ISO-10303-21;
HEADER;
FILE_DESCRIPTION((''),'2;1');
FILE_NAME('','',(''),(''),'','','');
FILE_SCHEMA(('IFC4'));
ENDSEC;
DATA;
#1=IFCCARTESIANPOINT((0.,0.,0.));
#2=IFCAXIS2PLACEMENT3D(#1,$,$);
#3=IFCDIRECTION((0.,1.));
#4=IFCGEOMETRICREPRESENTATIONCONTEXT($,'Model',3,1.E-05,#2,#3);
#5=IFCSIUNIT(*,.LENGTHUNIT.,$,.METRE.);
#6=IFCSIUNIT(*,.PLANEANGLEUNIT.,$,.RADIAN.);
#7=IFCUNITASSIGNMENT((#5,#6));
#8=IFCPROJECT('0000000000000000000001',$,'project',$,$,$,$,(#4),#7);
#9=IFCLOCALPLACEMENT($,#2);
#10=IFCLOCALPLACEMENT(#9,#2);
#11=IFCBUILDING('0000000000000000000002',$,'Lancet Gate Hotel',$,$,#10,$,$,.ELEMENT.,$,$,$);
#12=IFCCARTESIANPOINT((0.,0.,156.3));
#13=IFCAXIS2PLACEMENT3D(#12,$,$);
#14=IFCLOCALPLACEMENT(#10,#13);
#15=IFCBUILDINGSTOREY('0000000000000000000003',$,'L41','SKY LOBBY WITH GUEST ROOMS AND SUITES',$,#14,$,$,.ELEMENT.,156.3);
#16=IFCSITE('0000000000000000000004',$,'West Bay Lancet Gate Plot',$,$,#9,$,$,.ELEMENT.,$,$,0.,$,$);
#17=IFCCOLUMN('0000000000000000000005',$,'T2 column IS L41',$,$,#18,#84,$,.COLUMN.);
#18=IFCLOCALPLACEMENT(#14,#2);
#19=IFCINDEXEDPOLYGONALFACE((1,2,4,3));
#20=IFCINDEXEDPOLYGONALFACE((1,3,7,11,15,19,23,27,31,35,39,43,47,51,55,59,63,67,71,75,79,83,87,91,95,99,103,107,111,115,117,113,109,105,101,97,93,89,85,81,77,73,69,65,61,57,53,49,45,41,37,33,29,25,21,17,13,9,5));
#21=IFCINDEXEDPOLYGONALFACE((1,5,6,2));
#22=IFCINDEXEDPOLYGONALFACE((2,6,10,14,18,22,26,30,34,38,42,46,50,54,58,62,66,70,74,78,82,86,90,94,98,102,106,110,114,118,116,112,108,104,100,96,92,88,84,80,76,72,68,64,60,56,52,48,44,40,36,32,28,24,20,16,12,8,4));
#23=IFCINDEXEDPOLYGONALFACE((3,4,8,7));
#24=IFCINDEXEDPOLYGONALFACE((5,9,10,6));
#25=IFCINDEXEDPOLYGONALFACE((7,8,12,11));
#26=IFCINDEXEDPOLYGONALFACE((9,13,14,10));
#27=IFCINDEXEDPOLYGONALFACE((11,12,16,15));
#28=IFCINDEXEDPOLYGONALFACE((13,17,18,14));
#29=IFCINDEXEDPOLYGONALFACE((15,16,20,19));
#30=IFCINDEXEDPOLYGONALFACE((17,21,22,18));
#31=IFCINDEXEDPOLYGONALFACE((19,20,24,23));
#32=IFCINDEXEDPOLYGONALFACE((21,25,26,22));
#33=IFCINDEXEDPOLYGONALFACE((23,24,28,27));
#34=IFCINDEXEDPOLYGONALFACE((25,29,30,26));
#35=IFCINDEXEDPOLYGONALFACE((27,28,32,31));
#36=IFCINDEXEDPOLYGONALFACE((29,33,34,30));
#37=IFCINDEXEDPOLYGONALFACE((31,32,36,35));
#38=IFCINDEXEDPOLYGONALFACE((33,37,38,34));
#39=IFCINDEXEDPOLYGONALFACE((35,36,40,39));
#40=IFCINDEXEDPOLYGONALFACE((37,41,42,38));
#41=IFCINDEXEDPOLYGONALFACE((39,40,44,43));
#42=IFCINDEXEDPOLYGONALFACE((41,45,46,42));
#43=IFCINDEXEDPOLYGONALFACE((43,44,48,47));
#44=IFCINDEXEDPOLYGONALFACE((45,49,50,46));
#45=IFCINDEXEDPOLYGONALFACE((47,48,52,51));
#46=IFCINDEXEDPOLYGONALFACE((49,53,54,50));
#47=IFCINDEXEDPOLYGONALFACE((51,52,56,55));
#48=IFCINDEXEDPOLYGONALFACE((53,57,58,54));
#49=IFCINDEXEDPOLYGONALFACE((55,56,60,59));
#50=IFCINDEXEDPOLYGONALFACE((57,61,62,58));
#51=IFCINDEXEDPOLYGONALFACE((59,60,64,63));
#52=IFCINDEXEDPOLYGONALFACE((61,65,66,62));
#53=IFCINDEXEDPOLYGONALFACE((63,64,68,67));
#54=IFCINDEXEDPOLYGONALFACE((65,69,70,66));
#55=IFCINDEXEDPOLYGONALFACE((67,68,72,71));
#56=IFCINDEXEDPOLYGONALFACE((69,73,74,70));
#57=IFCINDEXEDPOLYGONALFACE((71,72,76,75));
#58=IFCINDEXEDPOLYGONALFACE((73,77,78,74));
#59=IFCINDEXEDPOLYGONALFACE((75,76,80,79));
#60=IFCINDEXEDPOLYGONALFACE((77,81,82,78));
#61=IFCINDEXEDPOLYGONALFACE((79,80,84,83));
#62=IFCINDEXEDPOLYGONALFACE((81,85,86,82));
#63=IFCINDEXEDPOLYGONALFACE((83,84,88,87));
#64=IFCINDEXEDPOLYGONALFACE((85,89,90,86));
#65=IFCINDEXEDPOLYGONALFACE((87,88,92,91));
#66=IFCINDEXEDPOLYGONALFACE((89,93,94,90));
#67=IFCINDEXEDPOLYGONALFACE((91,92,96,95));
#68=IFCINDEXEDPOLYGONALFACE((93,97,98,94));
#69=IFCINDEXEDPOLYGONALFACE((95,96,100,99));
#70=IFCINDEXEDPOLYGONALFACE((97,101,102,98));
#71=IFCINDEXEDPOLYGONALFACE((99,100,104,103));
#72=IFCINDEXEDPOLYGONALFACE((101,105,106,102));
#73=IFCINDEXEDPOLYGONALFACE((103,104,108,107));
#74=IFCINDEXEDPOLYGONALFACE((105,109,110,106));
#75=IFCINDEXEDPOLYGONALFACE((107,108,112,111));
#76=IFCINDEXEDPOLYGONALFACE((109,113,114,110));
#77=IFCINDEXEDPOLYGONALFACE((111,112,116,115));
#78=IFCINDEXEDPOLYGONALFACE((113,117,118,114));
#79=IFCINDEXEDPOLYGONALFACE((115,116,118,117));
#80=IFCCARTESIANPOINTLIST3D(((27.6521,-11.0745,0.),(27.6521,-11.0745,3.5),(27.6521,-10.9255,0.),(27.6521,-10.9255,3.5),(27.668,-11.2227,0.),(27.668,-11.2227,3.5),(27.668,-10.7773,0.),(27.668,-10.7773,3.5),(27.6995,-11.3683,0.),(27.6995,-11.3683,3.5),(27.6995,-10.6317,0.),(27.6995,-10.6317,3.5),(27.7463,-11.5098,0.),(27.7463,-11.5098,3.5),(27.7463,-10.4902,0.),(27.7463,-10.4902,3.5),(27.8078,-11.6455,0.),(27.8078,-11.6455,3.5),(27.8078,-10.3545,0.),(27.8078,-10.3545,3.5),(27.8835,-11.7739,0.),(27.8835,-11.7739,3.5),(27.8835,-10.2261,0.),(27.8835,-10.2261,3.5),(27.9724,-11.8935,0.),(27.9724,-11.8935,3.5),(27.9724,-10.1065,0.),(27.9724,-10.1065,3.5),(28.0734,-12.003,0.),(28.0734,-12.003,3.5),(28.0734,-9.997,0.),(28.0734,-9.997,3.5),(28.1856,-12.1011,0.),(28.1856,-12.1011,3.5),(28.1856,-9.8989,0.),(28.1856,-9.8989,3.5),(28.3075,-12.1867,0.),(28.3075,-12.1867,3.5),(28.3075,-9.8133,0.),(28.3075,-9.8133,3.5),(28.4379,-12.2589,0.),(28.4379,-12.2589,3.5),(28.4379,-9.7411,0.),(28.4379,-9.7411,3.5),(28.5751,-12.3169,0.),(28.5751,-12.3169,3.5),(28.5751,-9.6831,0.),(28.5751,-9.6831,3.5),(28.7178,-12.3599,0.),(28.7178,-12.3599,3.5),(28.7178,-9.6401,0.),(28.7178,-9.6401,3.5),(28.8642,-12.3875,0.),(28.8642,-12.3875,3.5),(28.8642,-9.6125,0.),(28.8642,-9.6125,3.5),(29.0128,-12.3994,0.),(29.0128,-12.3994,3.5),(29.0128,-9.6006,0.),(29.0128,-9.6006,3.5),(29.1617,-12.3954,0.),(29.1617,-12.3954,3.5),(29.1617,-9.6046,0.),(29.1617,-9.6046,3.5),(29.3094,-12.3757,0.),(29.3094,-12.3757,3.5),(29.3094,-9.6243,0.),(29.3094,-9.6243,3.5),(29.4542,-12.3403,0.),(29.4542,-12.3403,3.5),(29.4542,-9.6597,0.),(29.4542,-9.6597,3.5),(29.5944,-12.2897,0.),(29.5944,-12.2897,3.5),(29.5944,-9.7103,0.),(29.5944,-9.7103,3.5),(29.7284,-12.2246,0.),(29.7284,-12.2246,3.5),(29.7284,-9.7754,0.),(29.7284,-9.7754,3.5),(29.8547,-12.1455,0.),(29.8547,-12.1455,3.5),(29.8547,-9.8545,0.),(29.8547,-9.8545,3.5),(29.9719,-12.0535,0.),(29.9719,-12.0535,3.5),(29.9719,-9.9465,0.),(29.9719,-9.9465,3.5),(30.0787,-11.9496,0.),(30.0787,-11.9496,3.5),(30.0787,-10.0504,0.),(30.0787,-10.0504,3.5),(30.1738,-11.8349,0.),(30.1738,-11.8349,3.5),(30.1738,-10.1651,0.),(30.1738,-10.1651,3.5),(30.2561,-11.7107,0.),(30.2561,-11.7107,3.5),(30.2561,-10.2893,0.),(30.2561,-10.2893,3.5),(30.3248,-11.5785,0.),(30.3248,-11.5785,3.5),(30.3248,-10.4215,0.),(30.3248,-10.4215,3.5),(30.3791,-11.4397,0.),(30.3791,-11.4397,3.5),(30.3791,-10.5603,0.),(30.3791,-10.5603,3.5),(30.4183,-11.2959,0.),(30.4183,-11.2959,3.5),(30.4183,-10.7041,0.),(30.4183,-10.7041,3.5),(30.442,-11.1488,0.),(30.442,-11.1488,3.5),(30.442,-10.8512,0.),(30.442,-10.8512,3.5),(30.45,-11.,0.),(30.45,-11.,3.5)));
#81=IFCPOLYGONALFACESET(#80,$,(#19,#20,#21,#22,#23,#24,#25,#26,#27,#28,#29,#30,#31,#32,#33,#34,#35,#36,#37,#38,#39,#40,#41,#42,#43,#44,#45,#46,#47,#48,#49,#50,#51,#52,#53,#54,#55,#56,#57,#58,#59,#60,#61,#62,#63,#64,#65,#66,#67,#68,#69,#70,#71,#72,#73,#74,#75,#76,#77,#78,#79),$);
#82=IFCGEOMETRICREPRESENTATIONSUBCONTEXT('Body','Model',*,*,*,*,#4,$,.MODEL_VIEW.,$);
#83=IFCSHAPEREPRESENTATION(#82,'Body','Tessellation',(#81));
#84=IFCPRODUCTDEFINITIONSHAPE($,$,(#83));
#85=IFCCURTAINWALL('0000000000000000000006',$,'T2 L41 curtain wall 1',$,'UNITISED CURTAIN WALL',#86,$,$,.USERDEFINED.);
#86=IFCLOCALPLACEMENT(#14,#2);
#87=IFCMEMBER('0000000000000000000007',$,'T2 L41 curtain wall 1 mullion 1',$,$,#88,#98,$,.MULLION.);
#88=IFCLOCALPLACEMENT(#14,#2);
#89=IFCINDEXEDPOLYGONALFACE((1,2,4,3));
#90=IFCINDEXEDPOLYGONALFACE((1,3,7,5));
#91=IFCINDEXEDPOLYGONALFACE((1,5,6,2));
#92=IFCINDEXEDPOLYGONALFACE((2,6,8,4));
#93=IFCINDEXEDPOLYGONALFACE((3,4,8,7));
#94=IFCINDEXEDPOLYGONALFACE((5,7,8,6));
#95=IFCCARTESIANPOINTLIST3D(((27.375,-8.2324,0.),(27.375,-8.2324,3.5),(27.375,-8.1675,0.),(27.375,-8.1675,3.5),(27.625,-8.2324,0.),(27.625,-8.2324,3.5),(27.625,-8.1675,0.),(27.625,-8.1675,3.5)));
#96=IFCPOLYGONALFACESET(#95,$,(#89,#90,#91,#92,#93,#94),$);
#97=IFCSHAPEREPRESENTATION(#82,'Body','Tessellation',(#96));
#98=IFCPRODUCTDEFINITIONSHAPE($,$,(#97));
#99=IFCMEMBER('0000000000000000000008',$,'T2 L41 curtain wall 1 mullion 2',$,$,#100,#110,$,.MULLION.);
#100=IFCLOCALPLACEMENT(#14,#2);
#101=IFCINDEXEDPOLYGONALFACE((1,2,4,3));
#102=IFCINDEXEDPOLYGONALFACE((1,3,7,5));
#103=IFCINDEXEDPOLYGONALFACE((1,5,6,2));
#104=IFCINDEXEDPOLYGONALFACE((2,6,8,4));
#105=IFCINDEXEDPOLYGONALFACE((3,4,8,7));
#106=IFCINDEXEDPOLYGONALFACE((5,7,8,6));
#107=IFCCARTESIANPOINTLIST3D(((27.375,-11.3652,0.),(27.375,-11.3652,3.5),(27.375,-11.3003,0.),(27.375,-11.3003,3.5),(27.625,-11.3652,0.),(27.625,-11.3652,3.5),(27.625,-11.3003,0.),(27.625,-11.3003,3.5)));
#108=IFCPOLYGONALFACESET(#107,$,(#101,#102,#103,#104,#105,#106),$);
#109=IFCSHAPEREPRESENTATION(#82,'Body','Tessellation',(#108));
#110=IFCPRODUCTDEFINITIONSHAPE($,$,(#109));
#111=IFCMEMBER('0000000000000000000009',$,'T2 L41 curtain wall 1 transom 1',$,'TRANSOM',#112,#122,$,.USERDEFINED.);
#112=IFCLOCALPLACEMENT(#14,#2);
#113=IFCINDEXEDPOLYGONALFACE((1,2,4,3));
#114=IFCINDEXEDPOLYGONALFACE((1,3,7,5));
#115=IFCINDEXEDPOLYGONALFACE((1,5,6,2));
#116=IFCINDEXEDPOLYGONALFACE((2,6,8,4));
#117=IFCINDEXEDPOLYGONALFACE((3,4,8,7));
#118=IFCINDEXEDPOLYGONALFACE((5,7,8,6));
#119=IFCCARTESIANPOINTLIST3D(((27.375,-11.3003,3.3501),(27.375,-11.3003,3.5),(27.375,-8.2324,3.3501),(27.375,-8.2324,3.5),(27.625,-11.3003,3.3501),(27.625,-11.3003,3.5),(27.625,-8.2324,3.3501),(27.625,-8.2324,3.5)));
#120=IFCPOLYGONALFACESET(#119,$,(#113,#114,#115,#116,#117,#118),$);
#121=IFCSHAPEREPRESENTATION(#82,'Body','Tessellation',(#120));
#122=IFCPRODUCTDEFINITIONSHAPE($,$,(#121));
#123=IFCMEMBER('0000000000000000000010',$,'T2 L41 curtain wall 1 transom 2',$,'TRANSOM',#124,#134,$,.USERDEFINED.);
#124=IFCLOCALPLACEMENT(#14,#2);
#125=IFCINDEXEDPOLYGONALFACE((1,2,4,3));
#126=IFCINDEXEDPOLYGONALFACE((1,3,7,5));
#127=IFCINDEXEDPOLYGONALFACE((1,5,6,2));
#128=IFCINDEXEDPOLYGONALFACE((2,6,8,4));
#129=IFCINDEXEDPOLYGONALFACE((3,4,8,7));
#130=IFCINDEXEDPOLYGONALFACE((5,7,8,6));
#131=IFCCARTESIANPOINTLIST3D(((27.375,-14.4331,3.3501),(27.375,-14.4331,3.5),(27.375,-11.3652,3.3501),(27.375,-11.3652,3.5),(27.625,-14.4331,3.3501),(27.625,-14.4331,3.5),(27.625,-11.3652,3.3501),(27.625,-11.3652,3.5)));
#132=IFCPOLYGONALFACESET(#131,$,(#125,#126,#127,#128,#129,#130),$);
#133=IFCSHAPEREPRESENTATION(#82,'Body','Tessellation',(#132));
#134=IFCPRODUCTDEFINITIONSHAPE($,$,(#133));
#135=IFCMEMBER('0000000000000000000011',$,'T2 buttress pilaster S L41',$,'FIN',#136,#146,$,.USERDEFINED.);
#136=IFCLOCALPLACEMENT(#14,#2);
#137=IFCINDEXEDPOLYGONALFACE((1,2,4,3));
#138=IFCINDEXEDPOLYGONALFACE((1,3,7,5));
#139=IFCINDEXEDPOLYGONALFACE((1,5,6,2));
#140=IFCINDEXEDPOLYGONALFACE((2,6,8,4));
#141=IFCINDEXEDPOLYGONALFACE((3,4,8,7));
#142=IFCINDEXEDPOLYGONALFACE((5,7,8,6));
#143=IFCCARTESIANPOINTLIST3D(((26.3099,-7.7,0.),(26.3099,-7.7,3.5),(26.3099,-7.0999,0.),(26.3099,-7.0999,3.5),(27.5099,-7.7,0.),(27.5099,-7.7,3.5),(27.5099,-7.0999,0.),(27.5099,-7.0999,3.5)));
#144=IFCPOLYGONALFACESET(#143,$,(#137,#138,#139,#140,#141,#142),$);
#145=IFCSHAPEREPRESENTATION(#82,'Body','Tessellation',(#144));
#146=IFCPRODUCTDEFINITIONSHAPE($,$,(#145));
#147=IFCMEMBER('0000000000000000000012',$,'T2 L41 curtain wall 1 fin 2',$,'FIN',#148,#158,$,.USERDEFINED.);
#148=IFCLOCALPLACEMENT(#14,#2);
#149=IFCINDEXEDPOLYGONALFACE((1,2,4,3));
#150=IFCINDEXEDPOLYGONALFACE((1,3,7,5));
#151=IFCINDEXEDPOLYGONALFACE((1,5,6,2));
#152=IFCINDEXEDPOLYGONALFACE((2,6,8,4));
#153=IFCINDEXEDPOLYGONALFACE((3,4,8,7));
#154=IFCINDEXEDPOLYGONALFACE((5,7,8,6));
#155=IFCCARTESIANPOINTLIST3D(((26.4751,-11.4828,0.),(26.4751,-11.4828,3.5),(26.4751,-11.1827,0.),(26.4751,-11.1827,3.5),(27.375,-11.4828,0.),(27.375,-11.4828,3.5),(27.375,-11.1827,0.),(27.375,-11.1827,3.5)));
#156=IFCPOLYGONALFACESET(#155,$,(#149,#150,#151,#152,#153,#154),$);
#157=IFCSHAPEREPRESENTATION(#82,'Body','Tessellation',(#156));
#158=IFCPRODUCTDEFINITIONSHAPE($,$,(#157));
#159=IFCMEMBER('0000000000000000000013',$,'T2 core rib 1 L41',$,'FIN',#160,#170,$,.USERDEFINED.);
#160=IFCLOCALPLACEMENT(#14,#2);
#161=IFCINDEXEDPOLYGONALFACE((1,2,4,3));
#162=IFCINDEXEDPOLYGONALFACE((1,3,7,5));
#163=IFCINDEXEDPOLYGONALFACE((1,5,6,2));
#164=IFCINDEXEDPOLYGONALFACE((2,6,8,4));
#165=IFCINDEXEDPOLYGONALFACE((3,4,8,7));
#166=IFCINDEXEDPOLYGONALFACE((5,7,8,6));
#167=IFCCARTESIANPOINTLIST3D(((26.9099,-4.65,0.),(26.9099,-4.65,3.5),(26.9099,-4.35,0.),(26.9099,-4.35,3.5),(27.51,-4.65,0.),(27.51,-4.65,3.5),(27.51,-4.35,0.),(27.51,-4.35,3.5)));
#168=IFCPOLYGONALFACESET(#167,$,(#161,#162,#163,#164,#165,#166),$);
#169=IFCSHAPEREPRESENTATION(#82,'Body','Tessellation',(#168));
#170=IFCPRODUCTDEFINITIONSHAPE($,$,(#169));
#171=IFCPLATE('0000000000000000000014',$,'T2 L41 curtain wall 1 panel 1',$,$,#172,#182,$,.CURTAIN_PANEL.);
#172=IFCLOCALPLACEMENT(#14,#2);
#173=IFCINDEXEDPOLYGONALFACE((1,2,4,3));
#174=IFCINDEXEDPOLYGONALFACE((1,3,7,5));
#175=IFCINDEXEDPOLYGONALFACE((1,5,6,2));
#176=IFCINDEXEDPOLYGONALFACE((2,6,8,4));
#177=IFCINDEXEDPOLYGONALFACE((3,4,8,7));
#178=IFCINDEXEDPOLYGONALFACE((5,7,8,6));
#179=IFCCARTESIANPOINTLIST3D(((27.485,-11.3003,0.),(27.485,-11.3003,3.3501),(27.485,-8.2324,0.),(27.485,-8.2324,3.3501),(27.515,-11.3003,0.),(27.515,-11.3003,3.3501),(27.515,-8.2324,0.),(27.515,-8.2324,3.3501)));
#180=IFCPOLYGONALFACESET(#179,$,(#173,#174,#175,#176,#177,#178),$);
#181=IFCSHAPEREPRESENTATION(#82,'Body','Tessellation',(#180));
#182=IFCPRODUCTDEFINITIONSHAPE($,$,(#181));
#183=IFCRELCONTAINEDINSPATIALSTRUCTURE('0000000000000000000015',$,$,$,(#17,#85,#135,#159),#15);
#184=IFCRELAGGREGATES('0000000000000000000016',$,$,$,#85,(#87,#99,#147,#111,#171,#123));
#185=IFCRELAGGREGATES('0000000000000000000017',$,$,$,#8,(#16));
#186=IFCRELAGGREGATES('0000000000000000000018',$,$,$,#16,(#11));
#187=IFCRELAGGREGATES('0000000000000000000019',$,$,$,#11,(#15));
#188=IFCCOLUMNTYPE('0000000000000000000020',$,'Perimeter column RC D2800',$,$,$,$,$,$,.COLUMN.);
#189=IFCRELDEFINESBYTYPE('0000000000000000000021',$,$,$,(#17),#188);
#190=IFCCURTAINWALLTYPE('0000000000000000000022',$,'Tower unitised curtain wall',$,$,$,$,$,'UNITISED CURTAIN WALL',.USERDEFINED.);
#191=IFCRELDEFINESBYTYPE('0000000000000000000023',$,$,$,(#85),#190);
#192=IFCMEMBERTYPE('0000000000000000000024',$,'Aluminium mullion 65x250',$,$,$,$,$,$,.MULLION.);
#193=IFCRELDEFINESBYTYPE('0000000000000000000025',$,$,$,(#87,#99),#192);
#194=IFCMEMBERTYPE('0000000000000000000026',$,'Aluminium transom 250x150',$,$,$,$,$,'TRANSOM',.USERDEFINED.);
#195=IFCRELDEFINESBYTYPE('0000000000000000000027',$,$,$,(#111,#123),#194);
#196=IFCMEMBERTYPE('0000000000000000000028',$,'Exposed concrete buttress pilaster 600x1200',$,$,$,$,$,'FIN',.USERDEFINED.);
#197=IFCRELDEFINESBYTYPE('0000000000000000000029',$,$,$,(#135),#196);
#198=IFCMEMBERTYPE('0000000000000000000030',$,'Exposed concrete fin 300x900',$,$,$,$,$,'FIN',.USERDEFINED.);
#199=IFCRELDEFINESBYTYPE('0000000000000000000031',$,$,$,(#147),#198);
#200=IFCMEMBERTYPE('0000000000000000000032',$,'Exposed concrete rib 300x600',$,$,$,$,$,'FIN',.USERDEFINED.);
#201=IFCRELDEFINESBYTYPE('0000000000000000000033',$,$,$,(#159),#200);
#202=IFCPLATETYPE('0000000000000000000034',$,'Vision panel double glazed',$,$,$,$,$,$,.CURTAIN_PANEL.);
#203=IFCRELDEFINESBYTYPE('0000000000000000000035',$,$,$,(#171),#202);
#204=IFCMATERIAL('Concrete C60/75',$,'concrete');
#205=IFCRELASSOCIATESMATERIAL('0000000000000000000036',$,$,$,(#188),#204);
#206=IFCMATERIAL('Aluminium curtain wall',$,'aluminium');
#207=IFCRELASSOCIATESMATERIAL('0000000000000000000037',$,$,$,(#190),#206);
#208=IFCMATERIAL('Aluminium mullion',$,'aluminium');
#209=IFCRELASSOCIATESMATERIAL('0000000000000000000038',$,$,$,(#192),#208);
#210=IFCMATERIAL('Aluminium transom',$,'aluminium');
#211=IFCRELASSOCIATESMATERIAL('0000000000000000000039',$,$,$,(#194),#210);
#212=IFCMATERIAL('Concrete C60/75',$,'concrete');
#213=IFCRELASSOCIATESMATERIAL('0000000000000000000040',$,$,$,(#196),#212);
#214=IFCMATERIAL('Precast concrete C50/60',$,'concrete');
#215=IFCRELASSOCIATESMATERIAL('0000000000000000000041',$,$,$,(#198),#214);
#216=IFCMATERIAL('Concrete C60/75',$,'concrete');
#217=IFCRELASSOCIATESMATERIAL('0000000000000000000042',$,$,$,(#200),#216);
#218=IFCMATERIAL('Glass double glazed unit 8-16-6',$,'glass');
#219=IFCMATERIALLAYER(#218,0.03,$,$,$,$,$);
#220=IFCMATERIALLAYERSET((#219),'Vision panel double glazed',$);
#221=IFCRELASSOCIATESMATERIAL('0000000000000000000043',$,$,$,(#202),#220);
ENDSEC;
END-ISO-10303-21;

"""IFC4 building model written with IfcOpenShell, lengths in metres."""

from ifc_helpers import new_model, si_unit, direction, frame, origin, origin_2d, place, context, subcontext, project, spatial, rectangle, circle, extrude, material, layer, layer_set, material_profile, profile_set, type_object, element, aggregate, save


model = new_model("IFC4")

# Units and contexts
model_context = context("Model", 3, precision=1e-05, world=origin(), true_north=direction((0.0, 1.0)))
body_context = subcontext(model_context, "Body", "Model", "MODEL_VIEW")
ifc_project = project(units=[si_unit("LENGTHUNIT", "METRE"), si_unit("PLANEANGLEUNIT", "RADIAN")], contexts=[model_context])

# Site, building, storey
site_placement = place(None, origin())
site = spatial("IfcSite", under=ifc_project, at=site_placement, Name="West Bay Lancet Gate Plot", CompositionType="ELEMENT", RefElevation=0.0)
building_placement = place(site_placement, origin())
building = spatial("IfcBuilding", under=site, at=building_placement, Name="Lancet Gate Hotel", CompositionType="ELEMENT")
storey_placement = place(building_placement, frame((0.0, 0.0, 156.3)))
storey = spatial("IfcBuildingStorey", under=building, at=storey_placement, Name="L41", Description="SKY LOBBY WITH GUEST ROOMS AND SUITES", CompositionType="ELEMENT", Elevation=156.3)

# Column
ifc_material_1 = material(Name="Concrete C60/75", Category="concrete")
ifc_material_profile_1 = material_profile(ifc_material_1, circle(Radius=1.3999, at=origin_2d()), Name="RC D2800")
ifc_profile_set_1 = profile_set([ifc_material_profile_1], Name="Concrete C60/75")
column_type = type_object("IfcColumnType", Name="Perimeter column RC D2800", PredefinedType="COLUMN", material=ifc_profile_set_1)
column_placement = place(storey_placement, frame((29.05, -11.0, 0.0), z_axis=(0.0, 0.0, 1.0), x_axis=(1.0, 0.0, 0.0)))
element("IfcColumn", 1, at=column_placement, inside=storey, type_object=column_type, Name="T2 column IS L41", PredefinedType="COLUMN", context=body_context, shape_type="SweptSolid", body=[
    extrude(circle(Radius=1.3999, at=origin_2d()), origin(), (0.0, 0.0, 1.0), 3.5),
])

# Curtain wall, members
ifc_material_2 = material(Name="Aluminium curtain wall", Category="aluminium")
curtain_wall_type = type_object("IfcCurtainWallType", Name="Tower unitised curtain wall", ElementType="UNITISED CURTAIN WALL", PredefinedType="USERDEFINED", material=ifc_material_2)
curtain_wall_placement = place(storey_placement, origin())
curtain_wall = element("IfcCurtainWall", 2, at=curtain_wall_placement, inside=storey, type_object=curtain_wall_type, Name="T2 L41 curtain wall 1", ObjectType="UNITISED CURTAIN WALL", PredefinedType="USERDEFINED")
ifc_material_3 = material(Name="Aluminium mullion", Category="aluminium")
ifc_material_profile_2 = material_profile(ifc_material_3, rectangle(XDim=0.0649, YDim=0.25, at=origin_2d()), Name="MULLION 65x250")
ifc_profile_set_2 = profile_set([ifc_material_profile_2], Name="Aluminium mullion")
member_type_1 = type_object("IfcMemberType", Name="Aluminium mullion 65x250", PredefinedType="MULLION", material=ifc_profile_set_2)
member_1_placement = place(storey_placement, frame((27.5, -8.2, 0.0), z_axis=(0.0, 0.0, 1.0), x_axis=(0.0, -1.0, 0.0)))
member_1 = element("IfcMember", 3, at=member_1_placement, type_object=member_type_1, Name="T2 L41 curtain wall 1 mullion 1", PredefinedType="MULLION", context=body_context, shape_type="SweptSolid", body=[
    extrude(rectangle(XDim=0.0649, YDim=0.25, at=origin_2d()), origin(), (0.0, 0.0, 1.0), 3.5),
])
member_2_placement = place(storey_placement, frame((27.5, -11.3328, 0.0), z_axis=(0.0, 0.0, 1.0), x_axis=(0.0, -1.0, 0.0)))
member_2 = element("IfcMember", 4, at=member_2_placement, type_object=member_type_1, Name="T2 L41 curtain wall 1 mullion 2", PredefinedType="MULLION", context=body_context, shape_type="SweptSolid", body=[
    extrude(rectangle(XDim=0.0649, YDim=0.25, at=origin_2d()), origin(), (0.0, 0.0, 1.0), 3.5),
])
ifc_material_4 = material(Name="Aluminium transom", Category="aluminium")
ifc_material_profile_3 = material_profile(ifc_material_4, rectangle(XDim=0.25, YDim=0.1499, at=origin_2d()), Name="TRANSOM 250x150")
ifc_profile_set_3 = profile_set([ifc_material_profile_3], Name="Aluminium transom")
member_type_2 = type_object("IfcMemberType", Name="Aluminium transom 250x150", ElementType="TRANSOM", PredefinedType="USERDEFINED", material=ifc_profile_set_3)
member_3_placement = place(storey_placement, frame((27.5, -8.2324, 3.425), z_axis=(0.0, -1.0, 0.0), x_axis=(1.0, 0.0, 0.0)))
member_3 = element("IfcMember", 5, at=member_3_placement, type_object=member_type_2, Name="T2 L41 curtain wall 1 transom 1", ObjectType="TRANSOM", PredefinedType="USERDEFINED", context=body_context, shape_type="SweptSolid", body=[
    extrude(rectangle(XDim=0.25, YDim=0.1499, at=origin_2d()), origin(), (0.0, 0.0, 1.0), 3.0679),
])
member_4_placement = place(storey_placement, frame((27.5, -11.3652, 3.425), z_axis=(0.0, -1.0, 0.0), x_axis=(1.0, 0.0, 0.0)))
member_4 = element("IfcMember", 6, at=member_4_placement, type_object=member_type_2, Name="T2 L41 curtain wall 1 transom 2", ObjectType="TRANSOM", PredefinedType="USERDEFINED", context=body_context, shape_type="SweptSolid", body=[
    extrude(rectangle(XDim=0.25, YDim=0.1499, at=origin_2d()), origin(), (0.0, 0.0, 1.0), 3.0679),
])

# Members
ifc_material_5 = material(Name="Concrete C60/75", Category="concrete")
ifc_material_profile_4 = material_profile(ifc_material_5, rectangle(XDim=0.6001, YDim=1.2, at=origin_2d()), Name="FIN 600x1200")
ifc_profile_set_4 = profile_set([ifc_material_profile_4], Name="Concrete C60/75")
member_type_3 = type_object("IfcMemberType", Name="Exposed concrete buttress pilaster 600x1200", ElementType="FIN", PredefinedType="USERDEFINED", material=ifc_profile_set_4)
member_5_placement = place(storey_placement, frame((26.9099, -7.3999, 0.0), z_axis=(0.0, 0.0, 1.0), x_axis=(0.0, 1.0, 0.0)))
element("IfcMember", 7, at=member_5_placement, inside=storey, type_object=member_type_3, Name="T2 buttress pilaster S L41", ObjectType="FIN", PredefinedType="USERDEFINED", context=body_context, shape_type="SweptSolid", body=[
    extrude(rectangle(XDim=0.6001, YDim=1.2, at=origin_2d()), origin(), (0.0, 0.0, 1.0), 3.5),
])
ifc_material_6 = material(Name="Precast concrete C50/60", Category="concrete")
ifc_material_profile_5 = material_profile(ifc_material_6, rectangle(XDim=0.3, YDim=0.8999, at=origin_2d()), Name="FIN 300x900")
ifc_profile_set_5 = profile_set([ifc_material_profile_5], Name="Precast concrete C50/60")
member_type_4 = type_object("IfcMemberType", Name="Exposed concrete fin 300x900", ElementType="FIN", PredefinedType="USERDEFINED", material=ifc_profile_set_5)
member_6_placement = place(storey_placement, frame((26.925, -11.3328, 0.0), z_axis=(0.0, 0.0, 1.0), x_axis=(0.0, -1.0, 0.0)))
member_6 = element("IfcMember", 8, at=member_6_placement, type_object=member_type_4, Name="T2 L41 curtain wall 1 fin 2", ObjectType="FIN", PredefinedType="USERDEFINED", context=body_context, shape_type="SweptSolid", body=[
    extrude(rectangle(XDim=0.3, YDim=0.8999, at=origin_2d()), origin(), (0.0, 0.0, 1.0), 3.5),
])
ifc_material_7 = material(Name="Concrete C60/75", Category="concrete")
ifc_material_profile_6 = material_profile(ifc_material_7, rectangle(XDim=0.3, YDim=0.6001, at=origin_2d()), Name="FIN 300x600")
ifc_profile_set_6 = profile_set([ifc_material_profile_6], Name="Concrete C60/75")
member_type_5 = type_object("IfcMemberType", Name="Exposed concrete rib 300x600", ElementType="FIN", PredefinedType="USERDEFINED", material=ifc_profile_set_6)
member_7_placement = place(storey_placement, frame((27.21, -4.5, 0.0), z_axis=(0.0, 0.0, 1.0), x_axis=(0.0, 1.0, 0.0)))
element("IfcMember", 9, at=member_7_placement, inside=storey, type_object=member_type_5, Name="T2 core rib 1 L41", ObjectType="FIN", PredefinedType="USERDEFINED", context=body_context, shape_type="SweptSolid", body=[
    extrude(rectangle(XDim=0.3, YDim=0.6001, at=origin_2d()), origin(), (0.0, 0.0, 1.0), 3.5),
])

# Plate
ifc_material_8 = material(Name="Glass double glazed unit 8-16-6", Category="glass")
ifc_layer_1 = layer(ifc_material_8, 0.03)
ifc_layer_set_1 = layer_set([ifc_layer_1], Name="Vision panel double glazed")
plate_type = type_object("IfcPlateType", Name="Vision panel double glazed", PredefinedType="CURTAIN_PANEL", material=ifc_layer_set_1)
plate_1_placement = place(storey_placement, frame((27.5, -9.7664, 0.0), z_axis=(0.0, 0.0, 1.0), x_axis=(0.0, -1.0, 0.0)))
plate_1 = element("IfcPlate", 10, at=plate_1_placement, type_object=plate_type, Name="T2 L41 curtain wall 1 panel 1", PredefinedType="CURTAIN_PANEL", context=body_context, shape_type="SweptSolid", body=[
    extrude(rectangle(XDim=3.0679, YDim=0.03, at=origin_2d()), origin(), (0.0, 0.0, 1.0), 3.3501),
])
aggregate(curtain_wall, [member_1, member_2, member_6, member_3, plate_1, member_4])

save(model, "model.ifc")
